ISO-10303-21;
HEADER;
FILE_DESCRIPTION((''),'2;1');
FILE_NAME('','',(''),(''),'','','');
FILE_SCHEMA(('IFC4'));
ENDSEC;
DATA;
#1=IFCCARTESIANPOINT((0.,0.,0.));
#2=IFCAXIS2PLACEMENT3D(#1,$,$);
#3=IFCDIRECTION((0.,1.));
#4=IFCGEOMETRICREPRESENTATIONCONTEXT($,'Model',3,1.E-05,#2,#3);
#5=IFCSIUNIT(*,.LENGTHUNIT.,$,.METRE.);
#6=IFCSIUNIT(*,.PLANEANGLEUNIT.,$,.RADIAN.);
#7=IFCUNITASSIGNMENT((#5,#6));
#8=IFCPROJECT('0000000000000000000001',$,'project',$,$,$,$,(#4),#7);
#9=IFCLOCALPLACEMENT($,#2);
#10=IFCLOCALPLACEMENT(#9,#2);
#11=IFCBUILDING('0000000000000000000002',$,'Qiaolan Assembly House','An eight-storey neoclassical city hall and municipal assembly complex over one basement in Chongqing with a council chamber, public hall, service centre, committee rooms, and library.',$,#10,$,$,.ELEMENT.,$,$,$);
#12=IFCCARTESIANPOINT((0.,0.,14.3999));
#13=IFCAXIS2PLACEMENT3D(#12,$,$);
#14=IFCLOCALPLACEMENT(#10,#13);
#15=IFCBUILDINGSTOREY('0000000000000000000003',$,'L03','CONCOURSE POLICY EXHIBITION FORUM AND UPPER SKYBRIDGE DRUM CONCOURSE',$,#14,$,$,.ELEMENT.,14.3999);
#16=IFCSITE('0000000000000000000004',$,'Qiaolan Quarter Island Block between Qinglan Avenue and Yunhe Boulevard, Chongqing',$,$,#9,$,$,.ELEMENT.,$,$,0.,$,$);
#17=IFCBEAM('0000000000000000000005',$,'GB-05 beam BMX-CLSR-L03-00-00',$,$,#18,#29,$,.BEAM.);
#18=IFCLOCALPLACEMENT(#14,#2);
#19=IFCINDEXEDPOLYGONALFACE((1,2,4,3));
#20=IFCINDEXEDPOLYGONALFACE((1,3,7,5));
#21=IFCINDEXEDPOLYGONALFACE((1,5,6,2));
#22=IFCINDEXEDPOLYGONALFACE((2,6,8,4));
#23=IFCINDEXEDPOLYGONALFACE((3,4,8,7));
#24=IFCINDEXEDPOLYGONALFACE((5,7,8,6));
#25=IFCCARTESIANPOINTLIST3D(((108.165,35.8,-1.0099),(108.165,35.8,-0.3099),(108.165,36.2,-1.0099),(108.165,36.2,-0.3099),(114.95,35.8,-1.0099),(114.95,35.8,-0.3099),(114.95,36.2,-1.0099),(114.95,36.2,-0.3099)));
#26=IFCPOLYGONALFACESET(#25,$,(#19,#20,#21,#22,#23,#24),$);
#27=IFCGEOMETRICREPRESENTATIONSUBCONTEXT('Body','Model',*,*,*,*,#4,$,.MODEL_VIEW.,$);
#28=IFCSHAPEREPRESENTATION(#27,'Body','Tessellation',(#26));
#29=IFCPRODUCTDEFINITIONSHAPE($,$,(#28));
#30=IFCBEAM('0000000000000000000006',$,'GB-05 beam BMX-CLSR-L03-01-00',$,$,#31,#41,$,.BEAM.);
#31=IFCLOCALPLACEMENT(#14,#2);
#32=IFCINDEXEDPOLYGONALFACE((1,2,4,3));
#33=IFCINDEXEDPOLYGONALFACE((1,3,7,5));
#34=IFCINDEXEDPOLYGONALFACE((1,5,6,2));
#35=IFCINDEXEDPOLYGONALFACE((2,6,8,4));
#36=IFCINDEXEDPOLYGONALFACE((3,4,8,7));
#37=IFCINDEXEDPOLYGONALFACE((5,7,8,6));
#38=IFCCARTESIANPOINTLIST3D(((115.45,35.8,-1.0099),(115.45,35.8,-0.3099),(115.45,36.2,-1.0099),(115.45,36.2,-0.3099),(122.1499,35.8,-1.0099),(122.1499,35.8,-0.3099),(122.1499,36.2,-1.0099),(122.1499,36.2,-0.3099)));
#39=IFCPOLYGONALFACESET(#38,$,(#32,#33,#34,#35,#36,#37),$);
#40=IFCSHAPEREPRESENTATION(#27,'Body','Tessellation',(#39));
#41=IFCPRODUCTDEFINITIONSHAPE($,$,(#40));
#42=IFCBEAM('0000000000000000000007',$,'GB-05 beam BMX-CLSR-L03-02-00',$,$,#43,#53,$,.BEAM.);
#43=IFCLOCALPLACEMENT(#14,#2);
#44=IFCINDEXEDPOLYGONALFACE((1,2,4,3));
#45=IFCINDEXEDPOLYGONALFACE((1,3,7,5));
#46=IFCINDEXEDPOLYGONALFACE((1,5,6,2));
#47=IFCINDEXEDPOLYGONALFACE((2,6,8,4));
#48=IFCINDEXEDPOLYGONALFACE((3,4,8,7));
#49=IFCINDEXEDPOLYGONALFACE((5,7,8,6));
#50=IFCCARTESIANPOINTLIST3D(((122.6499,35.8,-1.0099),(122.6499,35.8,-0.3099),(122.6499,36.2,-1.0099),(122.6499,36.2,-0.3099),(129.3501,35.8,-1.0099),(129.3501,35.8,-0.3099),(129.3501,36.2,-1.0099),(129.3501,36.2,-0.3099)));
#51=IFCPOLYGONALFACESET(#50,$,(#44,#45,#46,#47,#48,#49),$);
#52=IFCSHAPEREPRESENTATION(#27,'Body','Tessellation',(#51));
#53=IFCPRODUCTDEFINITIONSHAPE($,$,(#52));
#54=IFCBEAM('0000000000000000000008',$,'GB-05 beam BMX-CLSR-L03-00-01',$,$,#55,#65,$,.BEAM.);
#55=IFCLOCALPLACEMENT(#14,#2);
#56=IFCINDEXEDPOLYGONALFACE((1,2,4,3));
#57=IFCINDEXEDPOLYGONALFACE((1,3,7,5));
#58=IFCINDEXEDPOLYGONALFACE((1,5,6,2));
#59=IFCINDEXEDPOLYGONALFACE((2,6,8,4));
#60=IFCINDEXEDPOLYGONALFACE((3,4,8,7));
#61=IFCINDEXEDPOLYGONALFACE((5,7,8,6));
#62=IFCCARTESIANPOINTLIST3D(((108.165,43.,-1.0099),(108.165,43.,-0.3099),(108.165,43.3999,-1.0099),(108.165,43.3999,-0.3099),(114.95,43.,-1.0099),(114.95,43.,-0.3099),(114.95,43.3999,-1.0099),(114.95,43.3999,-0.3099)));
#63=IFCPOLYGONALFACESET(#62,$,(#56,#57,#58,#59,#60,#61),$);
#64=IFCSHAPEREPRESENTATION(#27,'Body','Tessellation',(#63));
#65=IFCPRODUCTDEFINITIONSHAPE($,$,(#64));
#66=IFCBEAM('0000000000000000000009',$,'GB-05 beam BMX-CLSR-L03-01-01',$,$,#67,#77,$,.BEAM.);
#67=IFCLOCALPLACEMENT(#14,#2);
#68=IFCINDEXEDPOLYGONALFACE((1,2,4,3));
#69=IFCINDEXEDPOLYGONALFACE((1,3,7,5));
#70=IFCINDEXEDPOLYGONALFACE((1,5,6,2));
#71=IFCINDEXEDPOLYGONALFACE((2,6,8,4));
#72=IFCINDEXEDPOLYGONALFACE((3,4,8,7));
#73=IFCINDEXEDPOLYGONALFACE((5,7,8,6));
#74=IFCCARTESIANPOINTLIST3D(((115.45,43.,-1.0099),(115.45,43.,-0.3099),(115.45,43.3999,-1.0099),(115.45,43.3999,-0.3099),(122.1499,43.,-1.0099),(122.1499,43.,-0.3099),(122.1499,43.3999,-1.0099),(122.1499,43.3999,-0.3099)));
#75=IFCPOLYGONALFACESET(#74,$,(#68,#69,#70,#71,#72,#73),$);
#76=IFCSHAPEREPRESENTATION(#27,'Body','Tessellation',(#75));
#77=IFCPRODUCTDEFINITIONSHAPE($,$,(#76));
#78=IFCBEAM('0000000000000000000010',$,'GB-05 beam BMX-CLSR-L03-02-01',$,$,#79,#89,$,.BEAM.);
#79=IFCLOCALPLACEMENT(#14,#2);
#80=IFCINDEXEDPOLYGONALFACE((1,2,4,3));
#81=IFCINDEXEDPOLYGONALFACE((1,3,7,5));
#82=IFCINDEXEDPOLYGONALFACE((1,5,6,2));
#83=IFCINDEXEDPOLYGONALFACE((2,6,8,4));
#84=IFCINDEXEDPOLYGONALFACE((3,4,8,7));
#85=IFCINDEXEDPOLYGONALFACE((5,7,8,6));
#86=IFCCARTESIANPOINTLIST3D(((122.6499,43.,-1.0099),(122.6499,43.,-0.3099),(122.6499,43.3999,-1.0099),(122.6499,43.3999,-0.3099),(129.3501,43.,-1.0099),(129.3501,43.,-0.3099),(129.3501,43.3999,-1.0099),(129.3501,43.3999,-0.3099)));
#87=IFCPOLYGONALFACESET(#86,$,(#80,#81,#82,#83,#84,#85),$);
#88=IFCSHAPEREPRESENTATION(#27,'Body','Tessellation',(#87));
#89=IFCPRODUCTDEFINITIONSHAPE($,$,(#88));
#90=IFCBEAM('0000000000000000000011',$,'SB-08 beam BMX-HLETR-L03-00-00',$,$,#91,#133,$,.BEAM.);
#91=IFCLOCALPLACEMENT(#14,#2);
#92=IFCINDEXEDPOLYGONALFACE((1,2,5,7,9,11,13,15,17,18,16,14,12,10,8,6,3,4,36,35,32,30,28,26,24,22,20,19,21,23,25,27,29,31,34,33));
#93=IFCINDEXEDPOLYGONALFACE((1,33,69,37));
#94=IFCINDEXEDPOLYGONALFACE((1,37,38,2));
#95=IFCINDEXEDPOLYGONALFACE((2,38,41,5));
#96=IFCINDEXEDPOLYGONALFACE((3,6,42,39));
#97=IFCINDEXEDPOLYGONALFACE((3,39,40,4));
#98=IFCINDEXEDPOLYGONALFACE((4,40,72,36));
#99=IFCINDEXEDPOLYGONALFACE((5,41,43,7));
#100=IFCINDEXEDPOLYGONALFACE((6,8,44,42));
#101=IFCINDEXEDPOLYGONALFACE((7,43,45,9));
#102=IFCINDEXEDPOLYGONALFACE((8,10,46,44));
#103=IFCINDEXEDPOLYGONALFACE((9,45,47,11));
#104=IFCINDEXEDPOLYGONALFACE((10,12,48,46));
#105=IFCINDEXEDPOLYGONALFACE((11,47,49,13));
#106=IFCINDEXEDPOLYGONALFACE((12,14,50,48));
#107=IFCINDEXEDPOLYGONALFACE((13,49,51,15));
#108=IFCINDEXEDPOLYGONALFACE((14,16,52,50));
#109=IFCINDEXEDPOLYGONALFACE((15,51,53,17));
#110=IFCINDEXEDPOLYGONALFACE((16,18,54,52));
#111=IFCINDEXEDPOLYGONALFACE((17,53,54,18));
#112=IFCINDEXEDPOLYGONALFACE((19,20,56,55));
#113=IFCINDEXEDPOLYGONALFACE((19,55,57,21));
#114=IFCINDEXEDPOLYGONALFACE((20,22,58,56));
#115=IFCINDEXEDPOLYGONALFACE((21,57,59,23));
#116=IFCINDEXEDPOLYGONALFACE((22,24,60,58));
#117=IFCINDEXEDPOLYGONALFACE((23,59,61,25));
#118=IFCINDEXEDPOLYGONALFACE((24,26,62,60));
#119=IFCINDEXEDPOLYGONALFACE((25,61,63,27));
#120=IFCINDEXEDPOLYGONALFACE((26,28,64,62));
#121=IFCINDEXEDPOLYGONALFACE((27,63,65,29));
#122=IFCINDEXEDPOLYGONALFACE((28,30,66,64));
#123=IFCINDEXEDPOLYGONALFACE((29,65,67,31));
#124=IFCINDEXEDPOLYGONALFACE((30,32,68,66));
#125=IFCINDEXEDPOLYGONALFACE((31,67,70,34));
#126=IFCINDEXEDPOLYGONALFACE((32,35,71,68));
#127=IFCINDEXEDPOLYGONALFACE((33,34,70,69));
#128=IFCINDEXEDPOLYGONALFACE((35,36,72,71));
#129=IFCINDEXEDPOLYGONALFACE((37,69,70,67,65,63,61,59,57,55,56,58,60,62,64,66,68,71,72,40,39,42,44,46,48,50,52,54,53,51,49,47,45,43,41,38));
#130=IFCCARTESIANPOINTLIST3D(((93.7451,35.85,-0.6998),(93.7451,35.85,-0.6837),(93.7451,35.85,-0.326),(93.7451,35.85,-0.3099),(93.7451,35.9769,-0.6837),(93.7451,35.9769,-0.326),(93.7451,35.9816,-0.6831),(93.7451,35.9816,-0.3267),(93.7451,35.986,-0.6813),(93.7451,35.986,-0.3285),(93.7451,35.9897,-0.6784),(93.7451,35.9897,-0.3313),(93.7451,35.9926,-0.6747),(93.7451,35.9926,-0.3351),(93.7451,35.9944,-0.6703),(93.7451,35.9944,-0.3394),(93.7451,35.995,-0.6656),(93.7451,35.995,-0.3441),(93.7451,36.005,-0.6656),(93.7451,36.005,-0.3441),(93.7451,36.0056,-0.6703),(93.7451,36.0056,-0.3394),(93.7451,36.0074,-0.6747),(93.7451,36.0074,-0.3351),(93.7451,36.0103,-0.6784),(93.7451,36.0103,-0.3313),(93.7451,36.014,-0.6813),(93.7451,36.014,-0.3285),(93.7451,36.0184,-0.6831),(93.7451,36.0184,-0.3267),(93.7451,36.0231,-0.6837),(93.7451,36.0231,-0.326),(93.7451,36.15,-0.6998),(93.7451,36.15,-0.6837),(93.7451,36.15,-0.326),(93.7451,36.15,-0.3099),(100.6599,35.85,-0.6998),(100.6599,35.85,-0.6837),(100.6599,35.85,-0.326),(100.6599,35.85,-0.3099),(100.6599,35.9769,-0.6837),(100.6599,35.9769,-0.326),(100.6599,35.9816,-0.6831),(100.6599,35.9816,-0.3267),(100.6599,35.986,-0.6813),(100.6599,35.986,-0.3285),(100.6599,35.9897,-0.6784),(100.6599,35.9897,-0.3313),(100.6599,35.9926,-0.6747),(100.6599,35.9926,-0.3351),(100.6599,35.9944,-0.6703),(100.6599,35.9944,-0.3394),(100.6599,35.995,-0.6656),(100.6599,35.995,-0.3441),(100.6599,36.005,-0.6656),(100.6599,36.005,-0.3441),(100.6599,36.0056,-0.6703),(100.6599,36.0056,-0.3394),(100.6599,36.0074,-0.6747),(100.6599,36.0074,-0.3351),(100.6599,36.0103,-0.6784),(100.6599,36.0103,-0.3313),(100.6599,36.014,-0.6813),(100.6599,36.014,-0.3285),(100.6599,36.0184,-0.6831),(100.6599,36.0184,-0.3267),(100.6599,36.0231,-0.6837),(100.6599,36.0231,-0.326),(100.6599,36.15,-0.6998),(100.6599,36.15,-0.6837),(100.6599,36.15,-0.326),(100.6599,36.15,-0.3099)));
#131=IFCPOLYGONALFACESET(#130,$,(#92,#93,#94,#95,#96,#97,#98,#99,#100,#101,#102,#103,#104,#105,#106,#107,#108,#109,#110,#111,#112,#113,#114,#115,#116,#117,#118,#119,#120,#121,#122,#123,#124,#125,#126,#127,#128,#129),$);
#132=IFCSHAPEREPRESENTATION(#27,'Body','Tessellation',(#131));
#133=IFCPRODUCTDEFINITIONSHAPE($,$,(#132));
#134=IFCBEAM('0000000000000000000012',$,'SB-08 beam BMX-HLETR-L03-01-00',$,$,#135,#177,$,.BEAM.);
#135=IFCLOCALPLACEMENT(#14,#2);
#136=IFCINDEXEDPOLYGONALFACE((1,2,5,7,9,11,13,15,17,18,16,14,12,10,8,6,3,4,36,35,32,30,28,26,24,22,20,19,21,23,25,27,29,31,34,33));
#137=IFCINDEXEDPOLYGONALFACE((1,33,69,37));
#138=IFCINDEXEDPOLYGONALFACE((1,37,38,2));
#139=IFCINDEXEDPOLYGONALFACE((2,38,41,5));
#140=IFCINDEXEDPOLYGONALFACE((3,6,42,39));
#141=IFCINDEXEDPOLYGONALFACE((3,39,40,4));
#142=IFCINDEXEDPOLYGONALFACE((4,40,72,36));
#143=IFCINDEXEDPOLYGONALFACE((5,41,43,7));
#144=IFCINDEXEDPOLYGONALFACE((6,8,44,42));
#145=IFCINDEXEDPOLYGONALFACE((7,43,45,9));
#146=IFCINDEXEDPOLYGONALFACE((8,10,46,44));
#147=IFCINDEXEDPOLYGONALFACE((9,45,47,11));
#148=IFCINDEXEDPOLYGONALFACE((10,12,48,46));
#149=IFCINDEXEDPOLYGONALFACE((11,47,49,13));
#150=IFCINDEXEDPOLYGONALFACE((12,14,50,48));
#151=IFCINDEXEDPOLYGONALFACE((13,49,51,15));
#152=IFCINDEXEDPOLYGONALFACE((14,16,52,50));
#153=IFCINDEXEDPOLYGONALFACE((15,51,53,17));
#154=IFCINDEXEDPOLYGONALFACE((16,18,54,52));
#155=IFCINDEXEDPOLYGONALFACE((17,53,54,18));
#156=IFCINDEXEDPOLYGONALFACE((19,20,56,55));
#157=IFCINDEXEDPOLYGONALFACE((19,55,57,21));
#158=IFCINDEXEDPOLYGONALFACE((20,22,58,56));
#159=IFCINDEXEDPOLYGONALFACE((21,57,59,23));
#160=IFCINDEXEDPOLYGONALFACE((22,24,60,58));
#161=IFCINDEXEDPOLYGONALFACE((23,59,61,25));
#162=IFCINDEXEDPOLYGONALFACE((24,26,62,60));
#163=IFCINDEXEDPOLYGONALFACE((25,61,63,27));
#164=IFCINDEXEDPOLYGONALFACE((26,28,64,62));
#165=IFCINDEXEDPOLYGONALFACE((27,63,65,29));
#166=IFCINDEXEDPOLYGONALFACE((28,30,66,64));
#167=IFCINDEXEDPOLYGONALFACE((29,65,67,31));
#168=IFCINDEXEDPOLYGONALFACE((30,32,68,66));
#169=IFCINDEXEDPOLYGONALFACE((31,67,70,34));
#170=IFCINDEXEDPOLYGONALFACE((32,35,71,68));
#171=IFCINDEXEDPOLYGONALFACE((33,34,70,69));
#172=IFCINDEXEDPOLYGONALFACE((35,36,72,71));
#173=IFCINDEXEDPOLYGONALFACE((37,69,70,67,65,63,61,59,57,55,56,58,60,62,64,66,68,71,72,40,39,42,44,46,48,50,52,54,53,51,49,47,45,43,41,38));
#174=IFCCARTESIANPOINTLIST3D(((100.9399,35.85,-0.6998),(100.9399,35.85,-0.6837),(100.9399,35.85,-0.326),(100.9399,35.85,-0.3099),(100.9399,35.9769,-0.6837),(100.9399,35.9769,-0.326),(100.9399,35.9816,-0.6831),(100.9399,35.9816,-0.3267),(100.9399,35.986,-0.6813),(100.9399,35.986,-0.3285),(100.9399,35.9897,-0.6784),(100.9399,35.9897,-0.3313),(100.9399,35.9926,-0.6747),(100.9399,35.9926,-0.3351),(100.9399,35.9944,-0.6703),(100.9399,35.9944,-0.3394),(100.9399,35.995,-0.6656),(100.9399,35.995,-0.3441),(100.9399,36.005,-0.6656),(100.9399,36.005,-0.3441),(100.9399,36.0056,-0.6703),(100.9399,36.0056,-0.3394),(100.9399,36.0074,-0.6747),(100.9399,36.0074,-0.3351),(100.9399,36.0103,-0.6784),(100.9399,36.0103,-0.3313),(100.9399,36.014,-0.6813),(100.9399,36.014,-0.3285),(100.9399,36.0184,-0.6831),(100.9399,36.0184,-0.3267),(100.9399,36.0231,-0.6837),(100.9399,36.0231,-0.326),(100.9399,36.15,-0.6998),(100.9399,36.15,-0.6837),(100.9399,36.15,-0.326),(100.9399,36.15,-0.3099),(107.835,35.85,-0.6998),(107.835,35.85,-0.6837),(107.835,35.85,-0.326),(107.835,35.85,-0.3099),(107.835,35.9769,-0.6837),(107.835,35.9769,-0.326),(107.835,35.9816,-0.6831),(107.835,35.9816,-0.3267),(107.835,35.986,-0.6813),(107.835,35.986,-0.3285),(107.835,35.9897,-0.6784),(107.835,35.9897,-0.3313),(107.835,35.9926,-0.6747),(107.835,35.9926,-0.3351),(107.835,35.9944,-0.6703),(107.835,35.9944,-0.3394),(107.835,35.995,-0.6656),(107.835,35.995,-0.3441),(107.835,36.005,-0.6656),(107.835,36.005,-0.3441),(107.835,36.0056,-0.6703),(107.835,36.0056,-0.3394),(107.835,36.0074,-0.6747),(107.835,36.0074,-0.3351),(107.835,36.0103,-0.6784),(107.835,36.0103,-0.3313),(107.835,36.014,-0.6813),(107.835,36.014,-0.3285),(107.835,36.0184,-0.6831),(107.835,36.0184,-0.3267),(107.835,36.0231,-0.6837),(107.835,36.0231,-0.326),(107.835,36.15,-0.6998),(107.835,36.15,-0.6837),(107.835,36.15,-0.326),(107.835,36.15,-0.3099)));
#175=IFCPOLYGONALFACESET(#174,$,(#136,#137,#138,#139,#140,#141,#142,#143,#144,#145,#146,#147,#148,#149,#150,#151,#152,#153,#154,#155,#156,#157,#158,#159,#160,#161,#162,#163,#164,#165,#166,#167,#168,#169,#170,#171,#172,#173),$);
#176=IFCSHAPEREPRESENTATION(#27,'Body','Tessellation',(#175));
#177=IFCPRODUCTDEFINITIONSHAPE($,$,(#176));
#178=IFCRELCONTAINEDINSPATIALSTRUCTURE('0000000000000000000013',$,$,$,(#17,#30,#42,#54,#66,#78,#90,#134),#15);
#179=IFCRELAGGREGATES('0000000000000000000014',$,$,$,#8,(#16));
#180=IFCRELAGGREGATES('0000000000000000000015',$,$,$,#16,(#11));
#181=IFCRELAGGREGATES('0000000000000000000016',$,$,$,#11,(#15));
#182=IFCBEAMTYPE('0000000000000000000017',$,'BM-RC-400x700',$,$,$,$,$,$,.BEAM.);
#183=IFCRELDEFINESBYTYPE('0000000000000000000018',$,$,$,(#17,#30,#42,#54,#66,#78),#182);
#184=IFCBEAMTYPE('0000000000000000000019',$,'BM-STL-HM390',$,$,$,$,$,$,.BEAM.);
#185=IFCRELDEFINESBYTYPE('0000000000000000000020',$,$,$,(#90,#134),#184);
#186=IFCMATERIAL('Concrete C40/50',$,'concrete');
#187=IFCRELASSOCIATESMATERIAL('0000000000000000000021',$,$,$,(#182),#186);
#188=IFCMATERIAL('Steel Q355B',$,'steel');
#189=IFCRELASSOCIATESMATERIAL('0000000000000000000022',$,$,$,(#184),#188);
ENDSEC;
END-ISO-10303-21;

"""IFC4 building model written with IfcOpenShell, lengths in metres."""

from ifc_helpers import new_model, si_unit, direction, frame, origin, origin_2d, place, context, subcontext, project, spatial, rectangle, i_section, extrude, material, material_profile, profile_set, type_object, element, save


model = new_model("IFC4")

# Units and contexts
model_context = context("Model", 3, precision=1e-05, world=origin(), true_north=direction((0.0, 1.0)))
body_context = subcontext(model_context, "Body", "Model", "MODEL_VIEW")
ifc_project = project(units=[si_unit("LENGTHUNIT", "METRE"), si_unit("PLANEANGLEUNIT", "RADIAN")], contexts=[model_context])

# Site, building, storey
site_placement = place(None, origin())
site = spatial("IfcSite", under=ifc_project, at=site_placement, Name="Qiaolan Quarter Island Block between Qinglan Avenue and Yunhe Boulevard, Chongqing", CompositionType="ELEMENT", RefElevation=0.0)
building_placement = place(site_placement, origin())
building = spatial("IfcBuilding", under=site, at=building_placement, Name="Qiaolan Assembly House", Description="An eight-storey neoclassical city hall and municipal assembly complex over one basement in Chongqing with a council chamber, public hall, service centre, committee rooms, and library.", CompositionType="ELEMENT")
storey_placement = place(building_placement, frame((0.0, 0.0, 14.3999)))
storey = spatial("IfcBuildingStorey", under=building, at=storey_placement, Name="L03", Description="CONCOURSE POLICY EXHIBITION FORUM AND UPPER SKYBRIDGE DRUM CONCOURSE", CompositionType="ELEMENT", Elevation=14.3999)

# Shared definitions
ifc_material_1 = material(Name="Steel Q355B", Category="steel")

# Beams
ifc_material_2 = material(Name="Concrete C40/50", Category="concrete")
ifc_material_profile_1 = material_profile(ifc_material_2, rectangle(XDim=0.3999, YDim=0.7, at=origin_2d()), Name="RCB 400x700")
ifc_profile_set_1 = profile_set([ifc_material_profile_1], Name="Concrete C40/50")
beam_type_1 = type_object("IfcBeamType", Name="BM-RC-400x700", PredefinedType="BEAM", material=ifc_profile_set_1)
beam_1_placement = place(storey_placement, frame((108.165, 36.0, -0.6599), z_axis=(1.0, 0.0, 0.0), x_axis=(0.0, 1.0, 0.0)))
element("IfcBeam", 1, at=beam_1_placement, inside=storey, type_object=beam_type_1, Name="GB-05 beam BMX-CLSR-L03-00-00", PredefinedType="BEAM", context=body_context, shape_type="SweptSolid", body=[
    extrude(rectangle(XDim=0.3999, YDim=0.7, at=origin_2d()), origin(), (0.0, 0.0, 1.0), 6.7849),
])
beam_2_placement = place(storey_placement, frame((115.45, 36.0, -0.6599), z_axis=(1.0, 0.0, 0.0), x_axis=(0.0, 1.0, 0.0)))
element("IfcBeam", 2, at=beam_2_placement, inside=storey, type_object=beam_type_1, Name="GB-05 beam BMX-CLSR-L03-01-00", PredefinedType="BEAM", context=body_context, shape_type="SweptSolid", body=[
    extrude(rectangle(XDim=0.3999, YDim=0.7, at=origin_2d()), origin(), (0.0, 0.0, 1.0), 6.7),
])
beam_3_placement = place(storey_placement, frame((122.6499, 36.0, -0.6599), z_axis=(1.0, 0.0, 0.0), x_axis=(0.0, 1.0, 0.0)))
element("IfcBeam", 3, at=beam_3_placement, inside=storey, type_object=beam_type_1, Name="GB-05 beam BMX-CLSR-L03-02-00", PredefinedType="BEAM", context=body_context, shape_type="SweptSolid", body=[
    extrude(rectangle(XDim=0.3999, YDim=0.7, at=origin_2d()), origin(), (0.0, 0.0, 1.0), 6.7002),
])
beam_4_placement = place(storey_placement, frame((108.165, 43.2, -0.6599), z_axis=(1.0, 0.0, 0.0), x_axis=(0.0, 1.0, 0.0)))
element("IfcBeam", 4, at=beam_4_placement, inside=storey, type_object=beam_type_1, Name="GB-05 beam BMX-CLSR-L03-00-01", PredefinedType="BEAM", context=body_context, shape_type="SweptSolid", body=[
    extrude(rectangle(XDim=0.3999, YDim=0.7, at=origin_2d()), origin(), (0.0, 0.0, 1.0), 6.7849),
])
beam_5_placement = place(storey_placement, frame((115.45, 43.2, -0.6599), z_axis=(1.0, 0.0, 0.0), x_axis=(0.0, 1.0, 0.0)))
element("IfcBeam", 5, at=beam_5_placement, inside=storey, type_object=beam_type_1, Name="GB-05 beam BMX-CLSR-L03-01-01", PredefinedType="BEAM", context=body_context, shape_type="SweptSolid", body=[
    extrude(rectangle(XDim=0.3999, YDim=0.7, at=origin_2d()), origin(), (0.0, 0.0, 1.0), 6.7),
])
beam_6_placement = place(storey_placement, frame((122.6499, 43.2, -0.6599), z_axis=(1.0, 0.0, 0.0), x_axis=(0.0, 1.0, 0.0)))
element("IfcBeam", 6, at=beam_6_placement, inside=storey, type_object=beam_type_1, Name="GB-05 beam BMX-CLSR-L03-02-01", PredefinedType="BEAM", context=body_context, shape_type="SweptSolid", body=[
    extrude(rectangle(XDim=0.3999, YDim=0.7, at=origin_2d()), origin(), (0.0, 0.0, 1.0), 6.7002),
])
ifc_material_profile_2 = material_profile(ifc_material_1, i_section(OverallWidth=0.3, OverallDepth=0.3899, WebThickness=0.01, FlangeThickness=0.0161, FilletRadius=0.0181, at=origin_2d()), Name="HM 390x300x10x16")
ifc_profile_set_2 = profile_set([ifc_material_profile_2], Name="Steel Q355B")
beam_type_2 = type_object("IfcBeamType", Name="BM-STL-HM390", PredefinedType="BEAM", material=ifc_profile_set_2)
beam_7_placement = place(storey_placement, frame((93.7451, 36.0, -0.5049), z_axis=(1.0, 0.0, 0.0), x_axis=(0.0, 1.0, 0.0)))
element("IfcBeam", 7, at=beam_7_placement, inside=storey, type_object=beam_type_2, Name="SB-08 beam BMX-HLETR-L03-00-00", PredefinedType="BEAM", context=body_context, shape_type="SweptSolid", body=[
    extrude(i_section(OverallWidth=0.3, OverallDepth=0.3899, WebThickness=0.01, FlangeThickness=0.0161, FilletRadius=0.0181, at=origin_2d()), origin(), (0.0, 0.0, 1.0), 6.9148),
])
beam_8_placement = place(storey_placement, frame((100.9399, 36.0, -0.5049), z_axis=(1.0, 0.0, 0.0), x_axis=(0.0, 1.0, 0.0)))
element("IfcBeam", 8, at=beam_8_placement, inside=storey, type_object=beam_type_2, Name="SB-08 beam BMX-HLETR-L03-01-00", PredefinedType="BEAM", context=body_context, shape_type="SweptSolid", body=[
    extrude(i_section(OverallWidth=0.3, OverallDepth=0.3899, WebThickness=0.01, FlangeThickness=0.0161, FilletRadius=0.0181, at=origin_2d()), origin(), (0.0, 0.0, 1.0), 6.895),
])

save(model, "model.ifc")
